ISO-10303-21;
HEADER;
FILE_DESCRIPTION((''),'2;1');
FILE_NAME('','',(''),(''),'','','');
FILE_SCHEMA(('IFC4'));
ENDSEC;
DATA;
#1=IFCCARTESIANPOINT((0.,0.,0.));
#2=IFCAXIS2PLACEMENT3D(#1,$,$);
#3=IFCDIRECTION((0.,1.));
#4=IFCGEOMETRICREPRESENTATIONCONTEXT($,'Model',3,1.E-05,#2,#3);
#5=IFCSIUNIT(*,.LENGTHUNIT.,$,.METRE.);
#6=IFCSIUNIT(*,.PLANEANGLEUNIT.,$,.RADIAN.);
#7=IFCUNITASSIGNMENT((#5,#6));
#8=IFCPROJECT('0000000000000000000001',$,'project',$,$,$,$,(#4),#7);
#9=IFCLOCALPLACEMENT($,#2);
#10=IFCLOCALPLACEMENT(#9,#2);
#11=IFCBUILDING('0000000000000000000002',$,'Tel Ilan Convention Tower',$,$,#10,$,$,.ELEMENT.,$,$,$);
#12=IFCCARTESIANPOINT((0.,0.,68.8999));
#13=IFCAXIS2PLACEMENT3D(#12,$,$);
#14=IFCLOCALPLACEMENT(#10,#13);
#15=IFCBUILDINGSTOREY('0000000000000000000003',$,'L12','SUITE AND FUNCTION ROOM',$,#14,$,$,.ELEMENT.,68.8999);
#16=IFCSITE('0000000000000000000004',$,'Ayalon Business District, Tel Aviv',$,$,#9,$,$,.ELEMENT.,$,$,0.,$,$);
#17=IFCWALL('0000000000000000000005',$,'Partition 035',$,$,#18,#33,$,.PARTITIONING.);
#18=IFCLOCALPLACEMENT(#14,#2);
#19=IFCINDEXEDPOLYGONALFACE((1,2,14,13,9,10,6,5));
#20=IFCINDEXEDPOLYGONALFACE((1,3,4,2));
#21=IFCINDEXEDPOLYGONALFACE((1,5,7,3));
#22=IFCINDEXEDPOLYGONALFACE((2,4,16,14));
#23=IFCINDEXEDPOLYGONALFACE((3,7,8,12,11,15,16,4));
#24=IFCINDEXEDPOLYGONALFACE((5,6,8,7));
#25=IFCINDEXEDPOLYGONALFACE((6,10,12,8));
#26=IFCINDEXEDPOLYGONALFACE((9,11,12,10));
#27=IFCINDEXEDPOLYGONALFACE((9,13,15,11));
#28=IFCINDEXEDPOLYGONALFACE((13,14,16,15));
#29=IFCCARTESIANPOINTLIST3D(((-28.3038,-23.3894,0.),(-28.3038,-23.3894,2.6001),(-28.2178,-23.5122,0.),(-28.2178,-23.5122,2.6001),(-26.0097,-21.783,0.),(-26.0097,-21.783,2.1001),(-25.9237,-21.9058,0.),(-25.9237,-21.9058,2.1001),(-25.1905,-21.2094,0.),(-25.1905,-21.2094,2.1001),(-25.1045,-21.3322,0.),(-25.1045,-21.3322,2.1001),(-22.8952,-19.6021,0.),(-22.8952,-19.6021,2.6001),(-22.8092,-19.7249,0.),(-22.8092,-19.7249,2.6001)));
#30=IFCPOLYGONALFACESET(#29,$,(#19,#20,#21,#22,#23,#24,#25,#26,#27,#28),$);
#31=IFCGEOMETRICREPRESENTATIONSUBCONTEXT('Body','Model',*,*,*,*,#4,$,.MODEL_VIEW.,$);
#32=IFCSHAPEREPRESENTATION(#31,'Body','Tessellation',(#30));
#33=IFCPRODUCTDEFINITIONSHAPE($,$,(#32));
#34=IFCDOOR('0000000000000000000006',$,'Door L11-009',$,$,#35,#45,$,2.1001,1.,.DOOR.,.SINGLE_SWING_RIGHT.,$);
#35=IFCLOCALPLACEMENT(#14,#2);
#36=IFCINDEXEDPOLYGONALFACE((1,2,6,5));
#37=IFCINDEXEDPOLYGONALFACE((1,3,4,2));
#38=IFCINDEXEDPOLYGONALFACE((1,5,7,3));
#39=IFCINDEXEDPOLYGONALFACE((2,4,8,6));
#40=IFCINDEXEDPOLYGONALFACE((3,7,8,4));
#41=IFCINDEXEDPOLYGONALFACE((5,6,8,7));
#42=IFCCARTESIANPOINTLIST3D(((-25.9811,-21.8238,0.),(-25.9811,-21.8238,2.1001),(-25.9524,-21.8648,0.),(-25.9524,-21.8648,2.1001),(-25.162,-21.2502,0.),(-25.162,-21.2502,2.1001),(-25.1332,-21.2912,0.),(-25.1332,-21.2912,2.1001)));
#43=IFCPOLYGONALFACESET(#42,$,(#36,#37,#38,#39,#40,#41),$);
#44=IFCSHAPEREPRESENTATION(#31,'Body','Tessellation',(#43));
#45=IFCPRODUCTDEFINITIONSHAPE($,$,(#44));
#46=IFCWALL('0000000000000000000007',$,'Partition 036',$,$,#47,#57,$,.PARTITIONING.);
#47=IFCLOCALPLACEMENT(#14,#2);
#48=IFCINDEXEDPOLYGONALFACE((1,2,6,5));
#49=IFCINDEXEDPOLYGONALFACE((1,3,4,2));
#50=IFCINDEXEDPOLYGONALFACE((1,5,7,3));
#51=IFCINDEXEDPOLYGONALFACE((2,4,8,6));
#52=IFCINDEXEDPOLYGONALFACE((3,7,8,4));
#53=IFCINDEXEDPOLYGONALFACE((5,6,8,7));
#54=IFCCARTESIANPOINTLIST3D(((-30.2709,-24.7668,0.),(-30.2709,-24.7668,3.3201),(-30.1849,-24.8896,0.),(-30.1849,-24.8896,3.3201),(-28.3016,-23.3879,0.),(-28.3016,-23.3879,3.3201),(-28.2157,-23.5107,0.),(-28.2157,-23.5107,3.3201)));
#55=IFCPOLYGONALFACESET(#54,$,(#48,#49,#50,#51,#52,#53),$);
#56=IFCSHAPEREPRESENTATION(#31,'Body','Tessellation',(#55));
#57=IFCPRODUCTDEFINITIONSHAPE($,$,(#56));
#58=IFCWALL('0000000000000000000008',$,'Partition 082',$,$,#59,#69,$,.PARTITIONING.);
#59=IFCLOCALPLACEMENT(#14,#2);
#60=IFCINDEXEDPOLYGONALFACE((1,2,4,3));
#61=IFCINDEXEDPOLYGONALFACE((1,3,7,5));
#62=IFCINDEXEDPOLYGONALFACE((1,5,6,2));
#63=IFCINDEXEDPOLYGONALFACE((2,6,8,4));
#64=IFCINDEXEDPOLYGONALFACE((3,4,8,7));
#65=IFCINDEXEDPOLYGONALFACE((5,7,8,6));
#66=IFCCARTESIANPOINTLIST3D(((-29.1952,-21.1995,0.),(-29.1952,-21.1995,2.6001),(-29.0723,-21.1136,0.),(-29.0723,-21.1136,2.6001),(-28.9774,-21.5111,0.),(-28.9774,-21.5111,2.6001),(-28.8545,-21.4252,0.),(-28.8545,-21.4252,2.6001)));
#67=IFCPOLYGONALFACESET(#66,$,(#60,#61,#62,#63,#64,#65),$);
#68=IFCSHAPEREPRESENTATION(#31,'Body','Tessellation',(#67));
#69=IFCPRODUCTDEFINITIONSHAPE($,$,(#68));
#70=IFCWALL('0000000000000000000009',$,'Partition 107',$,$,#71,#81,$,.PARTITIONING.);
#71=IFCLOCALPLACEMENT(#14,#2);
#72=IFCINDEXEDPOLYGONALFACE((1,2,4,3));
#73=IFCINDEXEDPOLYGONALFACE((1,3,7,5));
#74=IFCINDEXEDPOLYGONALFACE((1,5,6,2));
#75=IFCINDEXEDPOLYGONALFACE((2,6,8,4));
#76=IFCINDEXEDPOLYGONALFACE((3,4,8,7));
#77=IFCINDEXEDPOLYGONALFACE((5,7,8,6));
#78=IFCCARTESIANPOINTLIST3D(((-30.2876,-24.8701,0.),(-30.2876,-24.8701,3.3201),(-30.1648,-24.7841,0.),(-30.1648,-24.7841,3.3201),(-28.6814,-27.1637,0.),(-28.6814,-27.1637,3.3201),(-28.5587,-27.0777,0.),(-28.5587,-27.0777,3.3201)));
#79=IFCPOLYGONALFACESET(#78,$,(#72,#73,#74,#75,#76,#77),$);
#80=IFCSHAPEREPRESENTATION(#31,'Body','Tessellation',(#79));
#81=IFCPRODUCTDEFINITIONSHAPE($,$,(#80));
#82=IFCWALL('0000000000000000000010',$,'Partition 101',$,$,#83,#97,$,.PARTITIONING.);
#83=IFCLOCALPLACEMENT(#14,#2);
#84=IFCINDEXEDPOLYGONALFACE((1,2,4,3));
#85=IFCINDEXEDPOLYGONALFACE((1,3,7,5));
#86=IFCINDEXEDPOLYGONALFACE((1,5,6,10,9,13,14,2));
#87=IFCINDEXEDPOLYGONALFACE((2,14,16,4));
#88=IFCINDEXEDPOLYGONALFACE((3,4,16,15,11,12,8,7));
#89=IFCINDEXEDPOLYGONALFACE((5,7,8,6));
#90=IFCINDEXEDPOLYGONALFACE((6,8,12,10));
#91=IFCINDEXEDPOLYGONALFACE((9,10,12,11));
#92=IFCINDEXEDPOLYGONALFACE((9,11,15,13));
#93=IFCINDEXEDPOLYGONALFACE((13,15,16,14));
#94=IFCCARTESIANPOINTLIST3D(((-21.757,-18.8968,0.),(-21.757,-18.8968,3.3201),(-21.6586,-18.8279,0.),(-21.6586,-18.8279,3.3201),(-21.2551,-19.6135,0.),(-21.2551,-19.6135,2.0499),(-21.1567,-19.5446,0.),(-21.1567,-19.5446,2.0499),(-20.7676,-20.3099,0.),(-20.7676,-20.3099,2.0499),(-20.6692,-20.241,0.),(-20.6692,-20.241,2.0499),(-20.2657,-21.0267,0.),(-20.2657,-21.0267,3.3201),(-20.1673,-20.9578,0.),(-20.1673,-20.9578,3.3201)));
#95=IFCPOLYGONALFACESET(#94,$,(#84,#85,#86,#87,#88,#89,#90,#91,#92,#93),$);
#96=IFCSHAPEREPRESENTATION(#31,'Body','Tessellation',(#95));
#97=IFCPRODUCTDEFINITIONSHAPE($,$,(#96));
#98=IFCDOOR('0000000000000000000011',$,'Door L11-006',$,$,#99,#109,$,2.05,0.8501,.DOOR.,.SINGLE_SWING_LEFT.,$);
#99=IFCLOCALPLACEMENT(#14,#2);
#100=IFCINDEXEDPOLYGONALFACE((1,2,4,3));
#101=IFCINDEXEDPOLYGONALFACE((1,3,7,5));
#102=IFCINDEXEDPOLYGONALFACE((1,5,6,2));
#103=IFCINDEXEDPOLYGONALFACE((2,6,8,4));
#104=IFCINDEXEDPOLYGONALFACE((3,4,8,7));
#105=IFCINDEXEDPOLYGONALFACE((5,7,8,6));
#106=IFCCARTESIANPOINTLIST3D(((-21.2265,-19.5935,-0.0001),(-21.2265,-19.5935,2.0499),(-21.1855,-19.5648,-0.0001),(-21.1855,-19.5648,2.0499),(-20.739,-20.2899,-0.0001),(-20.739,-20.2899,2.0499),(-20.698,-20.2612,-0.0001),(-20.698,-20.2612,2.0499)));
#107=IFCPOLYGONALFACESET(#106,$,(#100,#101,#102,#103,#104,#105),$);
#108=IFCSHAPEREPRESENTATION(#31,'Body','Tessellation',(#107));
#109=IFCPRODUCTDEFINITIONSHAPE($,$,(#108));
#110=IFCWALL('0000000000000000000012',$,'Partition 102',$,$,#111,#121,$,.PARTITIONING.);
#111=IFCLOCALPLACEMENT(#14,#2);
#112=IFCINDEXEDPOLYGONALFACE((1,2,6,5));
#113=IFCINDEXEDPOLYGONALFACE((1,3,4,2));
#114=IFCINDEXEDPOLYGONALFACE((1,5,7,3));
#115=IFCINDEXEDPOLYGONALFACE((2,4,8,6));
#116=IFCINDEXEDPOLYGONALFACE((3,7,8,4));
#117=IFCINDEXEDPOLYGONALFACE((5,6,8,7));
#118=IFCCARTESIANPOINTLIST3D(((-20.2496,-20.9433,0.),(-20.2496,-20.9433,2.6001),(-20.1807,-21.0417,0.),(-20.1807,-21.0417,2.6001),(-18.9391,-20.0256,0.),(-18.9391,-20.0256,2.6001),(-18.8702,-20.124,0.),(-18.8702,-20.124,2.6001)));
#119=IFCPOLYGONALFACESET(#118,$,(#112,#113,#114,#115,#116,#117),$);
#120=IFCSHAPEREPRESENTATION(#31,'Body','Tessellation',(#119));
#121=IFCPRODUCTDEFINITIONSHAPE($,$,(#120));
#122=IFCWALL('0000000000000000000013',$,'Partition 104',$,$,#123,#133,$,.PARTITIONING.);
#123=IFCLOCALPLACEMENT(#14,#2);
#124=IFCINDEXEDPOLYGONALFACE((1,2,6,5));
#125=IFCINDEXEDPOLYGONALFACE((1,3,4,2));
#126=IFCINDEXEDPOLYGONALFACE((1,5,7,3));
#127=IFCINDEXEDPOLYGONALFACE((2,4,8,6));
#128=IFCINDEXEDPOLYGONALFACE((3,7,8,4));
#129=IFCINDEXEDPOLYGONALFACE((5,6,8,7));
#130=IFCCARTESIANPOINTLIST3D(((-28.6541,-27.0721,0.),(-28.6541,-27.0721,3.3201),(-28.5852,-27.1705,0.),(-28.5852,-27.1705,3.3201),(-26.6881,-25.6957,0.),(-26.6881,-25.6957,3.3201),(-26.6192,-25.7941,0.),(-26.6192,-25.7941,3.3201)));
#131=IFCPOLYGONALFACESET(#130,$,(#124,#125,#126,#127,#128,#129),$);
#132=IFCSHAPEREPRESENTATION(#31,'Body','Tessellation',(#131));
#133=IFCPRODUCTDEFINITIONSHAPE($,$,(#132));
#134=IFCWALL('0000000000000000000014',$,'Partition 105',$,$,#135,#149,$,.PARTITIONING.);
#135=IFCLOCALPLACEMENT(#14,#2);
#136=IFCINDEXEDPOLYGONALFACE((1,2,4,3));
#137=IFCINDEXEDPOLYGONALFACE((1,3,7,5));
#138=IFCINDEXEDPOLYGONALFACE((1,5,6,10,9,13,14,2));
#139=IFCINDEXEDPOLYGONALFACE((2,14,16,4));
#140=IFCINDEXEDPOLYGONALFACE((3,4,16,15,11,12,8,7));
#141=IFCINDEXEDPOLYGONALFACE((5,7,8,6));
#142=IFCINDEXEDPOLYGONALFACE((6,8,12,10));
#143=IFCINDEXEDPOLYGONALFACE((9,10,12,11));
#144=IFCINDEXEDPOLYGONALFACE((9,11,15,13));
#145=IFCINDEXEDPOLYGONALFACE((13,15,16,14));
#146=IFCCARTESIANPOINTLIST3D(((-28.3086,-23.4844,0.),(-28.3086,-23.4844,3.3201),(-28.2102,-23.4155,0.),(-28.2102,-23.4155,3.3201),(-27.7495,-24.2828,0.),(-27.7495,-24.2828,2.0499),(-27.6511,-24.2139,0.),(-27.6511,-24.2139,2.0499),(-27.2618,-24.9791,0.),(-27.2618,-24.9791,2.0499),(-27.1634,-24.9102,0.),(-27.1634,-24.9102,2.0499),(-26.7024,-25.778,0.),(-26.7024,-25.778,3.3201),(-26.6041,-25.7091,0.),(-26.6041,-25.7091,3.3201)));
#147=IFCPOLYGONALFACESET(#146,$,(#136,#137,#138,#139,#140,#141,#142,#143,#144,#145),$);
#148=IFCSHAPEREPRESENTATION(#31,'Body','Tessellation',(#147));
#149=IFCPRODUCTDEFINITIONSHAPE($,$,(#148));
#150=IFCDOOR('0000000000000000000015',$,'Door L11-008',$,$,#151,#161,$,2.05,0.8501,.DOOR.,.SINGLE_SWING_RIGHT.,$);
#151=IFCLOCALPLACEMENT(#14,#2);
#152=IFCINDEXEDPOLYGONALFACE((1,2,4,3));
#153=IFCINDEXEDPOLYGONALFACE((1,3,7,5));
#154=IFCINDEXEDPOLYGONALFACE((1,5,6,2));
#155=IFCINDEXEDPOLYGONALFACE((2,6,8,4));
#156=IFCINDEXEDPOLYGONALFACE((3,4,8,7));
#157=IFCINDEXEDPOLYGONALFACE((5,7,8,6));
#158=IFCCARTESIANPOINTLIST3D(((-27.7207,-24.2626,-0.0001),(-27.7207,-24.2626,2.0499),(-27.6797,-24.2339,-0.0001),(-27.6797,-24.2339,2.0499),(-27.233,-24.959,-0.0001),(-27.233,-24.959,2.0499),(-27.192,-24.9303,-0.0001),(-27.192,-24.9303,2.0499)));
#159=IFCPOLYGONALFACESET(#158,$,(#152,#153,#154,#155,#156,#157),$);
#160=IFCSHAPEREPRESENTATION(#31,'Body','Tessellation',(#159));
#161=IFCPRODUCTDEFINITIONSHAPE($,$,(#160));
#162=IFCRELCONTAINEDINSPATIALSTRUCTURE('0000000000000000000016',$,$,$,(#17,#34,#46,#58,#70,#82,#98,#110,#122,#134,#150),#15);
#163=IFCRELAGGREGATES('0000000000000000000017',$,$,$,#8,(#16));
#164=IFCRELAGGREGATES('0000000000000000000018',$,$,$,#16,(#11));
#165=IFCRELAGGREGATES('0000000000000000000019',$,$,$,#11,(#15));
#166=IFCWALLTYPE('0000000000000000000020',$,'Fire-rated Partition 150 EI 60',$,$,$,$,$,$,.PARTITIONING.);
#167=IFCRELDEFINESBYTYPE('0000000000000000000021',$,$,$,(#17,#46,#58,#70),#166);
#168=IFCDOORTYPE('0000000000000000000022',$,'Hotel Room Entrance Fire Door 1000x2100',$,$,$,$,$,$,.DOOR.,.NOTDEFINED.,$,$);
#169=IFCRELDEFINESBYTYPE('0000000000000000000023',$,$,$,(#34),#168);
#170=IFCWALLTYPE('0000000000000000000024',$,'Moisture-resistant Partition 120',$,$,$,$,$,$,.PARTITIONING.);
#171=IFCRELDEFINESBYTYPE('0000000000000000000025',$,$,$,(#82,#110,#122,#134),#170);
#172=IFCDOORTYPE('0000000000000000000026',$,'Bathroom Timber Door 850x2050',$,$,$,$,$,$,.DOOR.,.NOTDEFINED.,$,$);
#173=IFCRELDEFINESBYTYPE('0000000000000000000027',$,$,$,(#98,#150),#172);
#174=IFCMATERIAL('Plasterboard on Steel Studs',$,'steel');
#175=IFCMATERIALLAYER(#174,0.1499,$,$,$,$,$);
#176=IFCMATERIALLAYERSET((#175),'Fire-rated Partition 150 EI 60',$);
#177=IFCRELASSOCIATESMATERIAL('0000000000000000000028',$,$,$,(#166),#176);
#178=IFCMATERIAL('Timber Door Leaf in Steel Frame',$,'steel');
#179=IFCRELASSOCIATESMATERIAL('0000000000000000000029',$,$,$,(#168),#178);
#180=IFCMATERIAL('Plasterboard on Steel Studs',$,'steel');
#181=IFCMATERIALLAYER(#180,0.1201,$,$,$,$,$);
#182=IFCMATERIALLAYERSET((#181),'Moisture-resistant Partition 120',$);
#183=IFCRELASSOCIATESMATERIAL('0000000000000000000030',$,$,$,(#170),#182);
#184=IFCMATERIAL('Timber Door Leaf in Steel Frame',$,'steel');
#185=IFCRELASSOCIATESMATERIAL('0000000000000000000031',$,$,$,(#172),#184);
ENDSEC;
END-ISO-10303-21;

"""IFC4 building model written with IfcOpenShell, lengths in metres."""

from ifc_helpers import new_model, si_unit, direction, frame, frame_2d, origin, place, context, subcontext, project, spatial, rectangle, extrude, material, layer, layer_set, type_object, element, fill, save


model = new_model("IFC4")

# Units and contexts
model_context = context("Model", 3, precision=1e-05, world=origin(), true_north=direction((0.0, 1.0)))
body_context = subcontext(model_context, "Body", "Model", "MODEL_VIEW")
ifc_project = project(units=[si_unit("LENGTHUNIT", "METRE"), si_unit("PLANEANGLEUNIT", "RADIAN")], contexts=[model_context])

# Site, building, storey
site_placement = place(None, origin())
site = spatial("IfcSite", under=ifc_project, at=site_placement, Name="Ayalon Business District, Tel Aviv", CompositionType="ELEMENT", RefElevation=0.0)
building_placement = place(site_placement, origin())
building = spatial("IfcBuilding", under=site, at=building_placement, Name="Tel Ilan Convention Tower", CompositionType="ELEMENT")
storey_placement = place(building_placement, frame((0.0, 0.0, 68.8999)))
storey = spatial("IfcBuildingStorey", under=building, at=storey_placement, Name="L12", Description="SUITE AND FUNCTION ROOM", CompositionType="ELEMENT", Elevation=68.8999)

# Shared definitions
ifc_material_1 = material(Name="Plasterboard on Steel Studs", Category="steel")
ifc_layer_1 = layer(ifc_material_1, 0.1499)
ifc_layer_set_1 = layer_set([ifc_layer_1], Name="Fire-rated Partition 150 EI 60")
wall_type_1 = type_object("IfcWallType", Name="Fire-rated Partition 150 EI 60", PredefinedType="PARTITIONING", material=ifc_layer_set_1)
ifc_material_2 = material(Name="Timber Door Leaf in Steel Frame", Category="steel")
door_type_1 = type_object("IfcDoorType", Name="Hotel Room Entrance Fire Door 1000x2100", OperationType="NOTDEFINED", PredefinedType="DOOR", material=ifc_material_2)

# Wall, opening, door
wall_1_placement = place(storey_placement, frame((-22.8523, -19.6636, 0.0), z_axis=(0.0, 0.0, 1.0), x_axis=(-0.819142, -0.573591, 0.0)))
wall_1 = element("IfcWall", 1, at=wall_1_placement, inside=storey, type_object=wall_type_1, Name="Partition 035", PredefinedType="PARTITIONING", context=body_context, shape_type="SweptSolid", body=[
    extrude(rectangle(XDim=6.6028, YDim=0.1499, at=frame_2d((3.3013, 0.0))), origin(), (0.0, 0.0, 1.0), 2.6001),
])
opening_1_placement = place(wall_1_placement, frame((2.802, 0.0, 0.0)))
opening_1 = element("IfcOpeningElement", 2, at=opening_1_placement, cuts=wall_1, PredefinedType="OPENING", context=body_context, shape_type="SweptSolid", body=[
    extrude(rectangle(XDim=1.0, YDim=2.1001, at=frame_2d((0.5, 1.05))), frame((0.0, 0.085, 0.0), z_axis=(0.0, -1.0, 0.0), x_axis=(1.0, 0.0, 0.0)), (0.0, 0.0, 1.0), 0.1699),
])
door_1_placement = place(opening_1_placement, origin())
door_1 = element("IfcDoor", 3, at=door_1_placement, inside=storey, type_object=door_type_1, Name="Door L11-009", OperationType="SINGLE_SWING_RIGHT", OverallHeight=2.1001, OverallWidth=1.0, PredefinedType="DOOR", context=body_context, shape_type="SweptSolid", body=[
    extrude(rectangle(XDim=1.0, YDim=2.1001, at=frame_2d((0.5, 1.05))), frame((0.0, 0.0249, 0.0), z_axis=(0.0, -1.0, 0.0), x_axis=(1.0, 0.0, 0.0)), (0.0, 0.0, 1.0), 0.05),
])
fill(opening_1, door_1)

# Walls
wall_2_placement = place(storey_placement, frame((-28.2585, -23.4492, 0.0), z_axis=(0.0, 0.0, 1.0), x_axis=(-0.819146, -0.573585, 0.0)))
element("IfcWall", 4, at=wall_2_placement, inside=storey, type_object=wall_type_1, Name="Partition 036", PredefinedType="PARTITIONING", context=body_context, shape_type="SweptSolid", body=[
    extrude(rectangle(XDim=2.4041, YDim=0.1499, at=frame_2d((1.2021, 0.0))), origin(), (0.0, 0.0, 1.0), 3.3201),
])
wall_3_placement = place(storey_placement, frame((-28.916, -21.468, 0.0), z_axis=(0.0, 0.0, 1.0), x_axis=(-0.572945, 0.819594, 0.0)))
element("IfcWall", 5, at=wall_3_placement, inside=storey, type_object=wall_type_1, Name="Partition 082", PredefinedType="PARTITIONING", context=body_context, shape_type="SweptSolid", body=[
    extrude(rectangle(XDim=0.3801, YDim=0.1499, at=frame_2d((0.1899, 0.0))), origin(), (0.0, 0.0, 1.0), 2.6001),
])
wall_4_placement = place(storey_placement, frame((-28.6201, -27.1206, 0.0), z_axis=(0.0, 0.0, 1.0), x_axis=(-0.573609, 0.81913, 0.0)))
element("IfcWall", 6, at=wall_4_placement, inside=storey, type_object=wall_type_1, Name="Partition 107", PredefinedType="PARTITIONING", context=body_context, shape_type="SweptSolid", body=[
    extrude(rectangle(XDim=2.8, YDim=0.1499, at=frame_2d((1.3999, 0.0))), origin(), (0.0, 0.0, 1.0), 3.3201),
])

# Wall, opening, door
ifc_material_3 = material(Name="Plasterboard on Steel Studs", Category="steel")
ifc_layer_2 = layer(ifc_material_3, 0.1201)
ifc_layer_set_2 = layer_set([ifc_layer_2], Name="Moisture-resistant Partition 120")
wall_type_2 = type_object("IfcWallType", Name="Moisture-resistant Partition 120", PredefinedType="PARTITIONING", material=ifc_layer_set_2)
wall_5_placement = place(storey_placement, frame((-21.7078, -18.8623, 0.0), z_axis=(0.0, 0.0, 1.0), x_axis=(0.573538, -0.819179, 0.0)))
wall_5 = element("IfcWall", 7, at=wall_5_placement, inside=storey, type_object=wall_type_2, Name="Partition 101", PredefinedType="PARTITIONING", context=body_context, shape_type="SweptSolid", body=[
    extrude(rectangle(XDim=2.6001, YDim=0.1201, at=frame_2d((1.3, 0.0))), origin(), (0.0, 0.0, 1.0), 3.3201),
])
opening_2_placement = place(wall_5_placement, frame((0.875, 0.0, 0.0)))
opening_2 = element("IfcOpeningElement", 8, at=opening_2_placement, cuts=wall_5, PredefinedType="OPENING", context=body_context, shape_type="SweptSolid", body=[
    extrude(rectangle(XDim=0.8501, YDim=2.05, at=frame_2d((0.425, 1.0249))), frame((0.0, 0.0701, 0.0), z_axis=(0.0, -1.0, 0.0), x_axis=(1.0, 0.0, 0.0)), (0.0, 0.0, 1.0), 0.1401),
])
ifc_material_4 = material(Name="Timber Door Leaf in Steel Frame", Category="steel")
door_type_2 = type_object("IfcDoorType", Name="Bathroom Timber Door 850x2050", OperationType="NOTDEFINED", PredefinedType="DOOR", material=ifc_material_4)
door_2_placement = place(opening_2_placement, origin())
door_2 = element("IfcDoor", 9, at=door_2_placement, inside=storey, type_object=door_type_2, Name="Door L11-006", OperationType="SINGLE_SWING_LEFT", OverallHeight=2.05, OverallWidth=0.8501, PredefinedType="DOOR", context=body_context, shape_type="SweptSolid", body=[
    extrude(rectangle(XDim=0.8501, YDim=2.05, at=frame_2d((0.425, 1.0249))), frame((0.0, 0.0249, 0.0), z_axis=(0.0, -1.0, 0.0), x_axis=(1.0, 0.0, 0.0)), (0.0, 0.0, 1.0), 0.05),
])
fill(opening_2, door_2)

# Walls
wall_6_placement = place(storey_placement, frame((-20.2151, -20.9924, 0.0), z_axis=(0.0, 0.0, 1.0), x_axis=(0.819132, 0.573606, 0.0)))
element("IfcWall", 10, at=wall_6_placement, inside=storey, type_object=wall_type_2, Name="Partition 102", PredefinedType="PARTITIONING", context=body_context, shape_type="SweptSolid", body=[
    extrude(rectangle(XDim=1.5999, YDim=0.1201, at=frame_2d((0.7998, 0.0))), origin(), (0.0, 0.0, 1.0), 2.6001),
])
wall_7_placement = place(storey_placement, frame((-28.6196, -27.1213, 0.0), z_axis=(0.0, 0.0, 1.0), x_axis=(0.819189, 0.573524, 0.0)))
element("IfcWall", 11, at=wall_7_placement, inside=storey, type_object=wall_type_2, Name="Partition 104", PredefinedType="PARTITIONING", context=body_context, shape_type="SweptSolid", body=[
    extrude(rectangle(XDim=2.3999, YDim=0.1201, at=frame_2d((1.2, 0.0))), origin(), (0.0, 0.0, 1.0), 3.3201),
])

# Wall, opening, door
wall_8_placement = place(storey_placement, frame((-26.6533, -25.7434, 0.0), z_axis=(0.0, 0.0, 1.0), x_axis=(-0.573609, 0.81913, 0.0)))
wall_8 = element("IfcWall", 12, at=wall_8_placement, inside=storey, type_object=wall_type_2, Name="Partition 105", PredefinedType="PARTITIONING", context=body_context, shape_type="SweptSolid", body=[
    extrude(rectangle(XDim=2.8, YDim=0.1201, at=frame_2d((1.3999, 0.0))), origin(), (0.0, 0.0, 1.0), 3.3201),
])
opening_3_placement = place(wall_8_placement, frame((0.9751, 0.0, 0.0)))
opening_3 = element("IfcOpeningElement", 13, at=opening_3_placement, cuts=wall_8, PredefinedType="OPENING", context=body_context, shape_type="SweptSolid", body=[
    extrude(rectangle(XDim=0.8501, YDim=2.05, at=frame_2d((0.425, 1.0249))), frame((0.0, 0.0701, 0.0), z_axis=(0.0, -1.0, 0.0), x_axis=(1.0, 0.0, 0.0)), (0.0, 0.0, 1.0), 0.1401),
])
door_3_placement = place(opening_3_placement, origin())
door_3 = element("IfcDoor", 14, at=door_3_placement, inside=storey, type_object=door_type_2, Name="Door L11-008", OperationType="SINGLE_SWING_RIGHT", OverallHeight=2.05, OverallWidth=0.8501, PredefinedType="DOOR", context=body_context, shape_type="SweptSolid", body=[
    extrude(rectangle(XDim=0.8501, YDim=2.05, at=frame_2d((0.425, 1.0249))), frame((0.0, 0.0249, 0.0), z_axis=(0.0, -1.0, 0.0), x_axis=(1.0, 0.0, 0.0)), (0.0, 0.0, 1.0), 0.05),
])
fill(opening_3, door_3)

save(model, "model.ifc")
